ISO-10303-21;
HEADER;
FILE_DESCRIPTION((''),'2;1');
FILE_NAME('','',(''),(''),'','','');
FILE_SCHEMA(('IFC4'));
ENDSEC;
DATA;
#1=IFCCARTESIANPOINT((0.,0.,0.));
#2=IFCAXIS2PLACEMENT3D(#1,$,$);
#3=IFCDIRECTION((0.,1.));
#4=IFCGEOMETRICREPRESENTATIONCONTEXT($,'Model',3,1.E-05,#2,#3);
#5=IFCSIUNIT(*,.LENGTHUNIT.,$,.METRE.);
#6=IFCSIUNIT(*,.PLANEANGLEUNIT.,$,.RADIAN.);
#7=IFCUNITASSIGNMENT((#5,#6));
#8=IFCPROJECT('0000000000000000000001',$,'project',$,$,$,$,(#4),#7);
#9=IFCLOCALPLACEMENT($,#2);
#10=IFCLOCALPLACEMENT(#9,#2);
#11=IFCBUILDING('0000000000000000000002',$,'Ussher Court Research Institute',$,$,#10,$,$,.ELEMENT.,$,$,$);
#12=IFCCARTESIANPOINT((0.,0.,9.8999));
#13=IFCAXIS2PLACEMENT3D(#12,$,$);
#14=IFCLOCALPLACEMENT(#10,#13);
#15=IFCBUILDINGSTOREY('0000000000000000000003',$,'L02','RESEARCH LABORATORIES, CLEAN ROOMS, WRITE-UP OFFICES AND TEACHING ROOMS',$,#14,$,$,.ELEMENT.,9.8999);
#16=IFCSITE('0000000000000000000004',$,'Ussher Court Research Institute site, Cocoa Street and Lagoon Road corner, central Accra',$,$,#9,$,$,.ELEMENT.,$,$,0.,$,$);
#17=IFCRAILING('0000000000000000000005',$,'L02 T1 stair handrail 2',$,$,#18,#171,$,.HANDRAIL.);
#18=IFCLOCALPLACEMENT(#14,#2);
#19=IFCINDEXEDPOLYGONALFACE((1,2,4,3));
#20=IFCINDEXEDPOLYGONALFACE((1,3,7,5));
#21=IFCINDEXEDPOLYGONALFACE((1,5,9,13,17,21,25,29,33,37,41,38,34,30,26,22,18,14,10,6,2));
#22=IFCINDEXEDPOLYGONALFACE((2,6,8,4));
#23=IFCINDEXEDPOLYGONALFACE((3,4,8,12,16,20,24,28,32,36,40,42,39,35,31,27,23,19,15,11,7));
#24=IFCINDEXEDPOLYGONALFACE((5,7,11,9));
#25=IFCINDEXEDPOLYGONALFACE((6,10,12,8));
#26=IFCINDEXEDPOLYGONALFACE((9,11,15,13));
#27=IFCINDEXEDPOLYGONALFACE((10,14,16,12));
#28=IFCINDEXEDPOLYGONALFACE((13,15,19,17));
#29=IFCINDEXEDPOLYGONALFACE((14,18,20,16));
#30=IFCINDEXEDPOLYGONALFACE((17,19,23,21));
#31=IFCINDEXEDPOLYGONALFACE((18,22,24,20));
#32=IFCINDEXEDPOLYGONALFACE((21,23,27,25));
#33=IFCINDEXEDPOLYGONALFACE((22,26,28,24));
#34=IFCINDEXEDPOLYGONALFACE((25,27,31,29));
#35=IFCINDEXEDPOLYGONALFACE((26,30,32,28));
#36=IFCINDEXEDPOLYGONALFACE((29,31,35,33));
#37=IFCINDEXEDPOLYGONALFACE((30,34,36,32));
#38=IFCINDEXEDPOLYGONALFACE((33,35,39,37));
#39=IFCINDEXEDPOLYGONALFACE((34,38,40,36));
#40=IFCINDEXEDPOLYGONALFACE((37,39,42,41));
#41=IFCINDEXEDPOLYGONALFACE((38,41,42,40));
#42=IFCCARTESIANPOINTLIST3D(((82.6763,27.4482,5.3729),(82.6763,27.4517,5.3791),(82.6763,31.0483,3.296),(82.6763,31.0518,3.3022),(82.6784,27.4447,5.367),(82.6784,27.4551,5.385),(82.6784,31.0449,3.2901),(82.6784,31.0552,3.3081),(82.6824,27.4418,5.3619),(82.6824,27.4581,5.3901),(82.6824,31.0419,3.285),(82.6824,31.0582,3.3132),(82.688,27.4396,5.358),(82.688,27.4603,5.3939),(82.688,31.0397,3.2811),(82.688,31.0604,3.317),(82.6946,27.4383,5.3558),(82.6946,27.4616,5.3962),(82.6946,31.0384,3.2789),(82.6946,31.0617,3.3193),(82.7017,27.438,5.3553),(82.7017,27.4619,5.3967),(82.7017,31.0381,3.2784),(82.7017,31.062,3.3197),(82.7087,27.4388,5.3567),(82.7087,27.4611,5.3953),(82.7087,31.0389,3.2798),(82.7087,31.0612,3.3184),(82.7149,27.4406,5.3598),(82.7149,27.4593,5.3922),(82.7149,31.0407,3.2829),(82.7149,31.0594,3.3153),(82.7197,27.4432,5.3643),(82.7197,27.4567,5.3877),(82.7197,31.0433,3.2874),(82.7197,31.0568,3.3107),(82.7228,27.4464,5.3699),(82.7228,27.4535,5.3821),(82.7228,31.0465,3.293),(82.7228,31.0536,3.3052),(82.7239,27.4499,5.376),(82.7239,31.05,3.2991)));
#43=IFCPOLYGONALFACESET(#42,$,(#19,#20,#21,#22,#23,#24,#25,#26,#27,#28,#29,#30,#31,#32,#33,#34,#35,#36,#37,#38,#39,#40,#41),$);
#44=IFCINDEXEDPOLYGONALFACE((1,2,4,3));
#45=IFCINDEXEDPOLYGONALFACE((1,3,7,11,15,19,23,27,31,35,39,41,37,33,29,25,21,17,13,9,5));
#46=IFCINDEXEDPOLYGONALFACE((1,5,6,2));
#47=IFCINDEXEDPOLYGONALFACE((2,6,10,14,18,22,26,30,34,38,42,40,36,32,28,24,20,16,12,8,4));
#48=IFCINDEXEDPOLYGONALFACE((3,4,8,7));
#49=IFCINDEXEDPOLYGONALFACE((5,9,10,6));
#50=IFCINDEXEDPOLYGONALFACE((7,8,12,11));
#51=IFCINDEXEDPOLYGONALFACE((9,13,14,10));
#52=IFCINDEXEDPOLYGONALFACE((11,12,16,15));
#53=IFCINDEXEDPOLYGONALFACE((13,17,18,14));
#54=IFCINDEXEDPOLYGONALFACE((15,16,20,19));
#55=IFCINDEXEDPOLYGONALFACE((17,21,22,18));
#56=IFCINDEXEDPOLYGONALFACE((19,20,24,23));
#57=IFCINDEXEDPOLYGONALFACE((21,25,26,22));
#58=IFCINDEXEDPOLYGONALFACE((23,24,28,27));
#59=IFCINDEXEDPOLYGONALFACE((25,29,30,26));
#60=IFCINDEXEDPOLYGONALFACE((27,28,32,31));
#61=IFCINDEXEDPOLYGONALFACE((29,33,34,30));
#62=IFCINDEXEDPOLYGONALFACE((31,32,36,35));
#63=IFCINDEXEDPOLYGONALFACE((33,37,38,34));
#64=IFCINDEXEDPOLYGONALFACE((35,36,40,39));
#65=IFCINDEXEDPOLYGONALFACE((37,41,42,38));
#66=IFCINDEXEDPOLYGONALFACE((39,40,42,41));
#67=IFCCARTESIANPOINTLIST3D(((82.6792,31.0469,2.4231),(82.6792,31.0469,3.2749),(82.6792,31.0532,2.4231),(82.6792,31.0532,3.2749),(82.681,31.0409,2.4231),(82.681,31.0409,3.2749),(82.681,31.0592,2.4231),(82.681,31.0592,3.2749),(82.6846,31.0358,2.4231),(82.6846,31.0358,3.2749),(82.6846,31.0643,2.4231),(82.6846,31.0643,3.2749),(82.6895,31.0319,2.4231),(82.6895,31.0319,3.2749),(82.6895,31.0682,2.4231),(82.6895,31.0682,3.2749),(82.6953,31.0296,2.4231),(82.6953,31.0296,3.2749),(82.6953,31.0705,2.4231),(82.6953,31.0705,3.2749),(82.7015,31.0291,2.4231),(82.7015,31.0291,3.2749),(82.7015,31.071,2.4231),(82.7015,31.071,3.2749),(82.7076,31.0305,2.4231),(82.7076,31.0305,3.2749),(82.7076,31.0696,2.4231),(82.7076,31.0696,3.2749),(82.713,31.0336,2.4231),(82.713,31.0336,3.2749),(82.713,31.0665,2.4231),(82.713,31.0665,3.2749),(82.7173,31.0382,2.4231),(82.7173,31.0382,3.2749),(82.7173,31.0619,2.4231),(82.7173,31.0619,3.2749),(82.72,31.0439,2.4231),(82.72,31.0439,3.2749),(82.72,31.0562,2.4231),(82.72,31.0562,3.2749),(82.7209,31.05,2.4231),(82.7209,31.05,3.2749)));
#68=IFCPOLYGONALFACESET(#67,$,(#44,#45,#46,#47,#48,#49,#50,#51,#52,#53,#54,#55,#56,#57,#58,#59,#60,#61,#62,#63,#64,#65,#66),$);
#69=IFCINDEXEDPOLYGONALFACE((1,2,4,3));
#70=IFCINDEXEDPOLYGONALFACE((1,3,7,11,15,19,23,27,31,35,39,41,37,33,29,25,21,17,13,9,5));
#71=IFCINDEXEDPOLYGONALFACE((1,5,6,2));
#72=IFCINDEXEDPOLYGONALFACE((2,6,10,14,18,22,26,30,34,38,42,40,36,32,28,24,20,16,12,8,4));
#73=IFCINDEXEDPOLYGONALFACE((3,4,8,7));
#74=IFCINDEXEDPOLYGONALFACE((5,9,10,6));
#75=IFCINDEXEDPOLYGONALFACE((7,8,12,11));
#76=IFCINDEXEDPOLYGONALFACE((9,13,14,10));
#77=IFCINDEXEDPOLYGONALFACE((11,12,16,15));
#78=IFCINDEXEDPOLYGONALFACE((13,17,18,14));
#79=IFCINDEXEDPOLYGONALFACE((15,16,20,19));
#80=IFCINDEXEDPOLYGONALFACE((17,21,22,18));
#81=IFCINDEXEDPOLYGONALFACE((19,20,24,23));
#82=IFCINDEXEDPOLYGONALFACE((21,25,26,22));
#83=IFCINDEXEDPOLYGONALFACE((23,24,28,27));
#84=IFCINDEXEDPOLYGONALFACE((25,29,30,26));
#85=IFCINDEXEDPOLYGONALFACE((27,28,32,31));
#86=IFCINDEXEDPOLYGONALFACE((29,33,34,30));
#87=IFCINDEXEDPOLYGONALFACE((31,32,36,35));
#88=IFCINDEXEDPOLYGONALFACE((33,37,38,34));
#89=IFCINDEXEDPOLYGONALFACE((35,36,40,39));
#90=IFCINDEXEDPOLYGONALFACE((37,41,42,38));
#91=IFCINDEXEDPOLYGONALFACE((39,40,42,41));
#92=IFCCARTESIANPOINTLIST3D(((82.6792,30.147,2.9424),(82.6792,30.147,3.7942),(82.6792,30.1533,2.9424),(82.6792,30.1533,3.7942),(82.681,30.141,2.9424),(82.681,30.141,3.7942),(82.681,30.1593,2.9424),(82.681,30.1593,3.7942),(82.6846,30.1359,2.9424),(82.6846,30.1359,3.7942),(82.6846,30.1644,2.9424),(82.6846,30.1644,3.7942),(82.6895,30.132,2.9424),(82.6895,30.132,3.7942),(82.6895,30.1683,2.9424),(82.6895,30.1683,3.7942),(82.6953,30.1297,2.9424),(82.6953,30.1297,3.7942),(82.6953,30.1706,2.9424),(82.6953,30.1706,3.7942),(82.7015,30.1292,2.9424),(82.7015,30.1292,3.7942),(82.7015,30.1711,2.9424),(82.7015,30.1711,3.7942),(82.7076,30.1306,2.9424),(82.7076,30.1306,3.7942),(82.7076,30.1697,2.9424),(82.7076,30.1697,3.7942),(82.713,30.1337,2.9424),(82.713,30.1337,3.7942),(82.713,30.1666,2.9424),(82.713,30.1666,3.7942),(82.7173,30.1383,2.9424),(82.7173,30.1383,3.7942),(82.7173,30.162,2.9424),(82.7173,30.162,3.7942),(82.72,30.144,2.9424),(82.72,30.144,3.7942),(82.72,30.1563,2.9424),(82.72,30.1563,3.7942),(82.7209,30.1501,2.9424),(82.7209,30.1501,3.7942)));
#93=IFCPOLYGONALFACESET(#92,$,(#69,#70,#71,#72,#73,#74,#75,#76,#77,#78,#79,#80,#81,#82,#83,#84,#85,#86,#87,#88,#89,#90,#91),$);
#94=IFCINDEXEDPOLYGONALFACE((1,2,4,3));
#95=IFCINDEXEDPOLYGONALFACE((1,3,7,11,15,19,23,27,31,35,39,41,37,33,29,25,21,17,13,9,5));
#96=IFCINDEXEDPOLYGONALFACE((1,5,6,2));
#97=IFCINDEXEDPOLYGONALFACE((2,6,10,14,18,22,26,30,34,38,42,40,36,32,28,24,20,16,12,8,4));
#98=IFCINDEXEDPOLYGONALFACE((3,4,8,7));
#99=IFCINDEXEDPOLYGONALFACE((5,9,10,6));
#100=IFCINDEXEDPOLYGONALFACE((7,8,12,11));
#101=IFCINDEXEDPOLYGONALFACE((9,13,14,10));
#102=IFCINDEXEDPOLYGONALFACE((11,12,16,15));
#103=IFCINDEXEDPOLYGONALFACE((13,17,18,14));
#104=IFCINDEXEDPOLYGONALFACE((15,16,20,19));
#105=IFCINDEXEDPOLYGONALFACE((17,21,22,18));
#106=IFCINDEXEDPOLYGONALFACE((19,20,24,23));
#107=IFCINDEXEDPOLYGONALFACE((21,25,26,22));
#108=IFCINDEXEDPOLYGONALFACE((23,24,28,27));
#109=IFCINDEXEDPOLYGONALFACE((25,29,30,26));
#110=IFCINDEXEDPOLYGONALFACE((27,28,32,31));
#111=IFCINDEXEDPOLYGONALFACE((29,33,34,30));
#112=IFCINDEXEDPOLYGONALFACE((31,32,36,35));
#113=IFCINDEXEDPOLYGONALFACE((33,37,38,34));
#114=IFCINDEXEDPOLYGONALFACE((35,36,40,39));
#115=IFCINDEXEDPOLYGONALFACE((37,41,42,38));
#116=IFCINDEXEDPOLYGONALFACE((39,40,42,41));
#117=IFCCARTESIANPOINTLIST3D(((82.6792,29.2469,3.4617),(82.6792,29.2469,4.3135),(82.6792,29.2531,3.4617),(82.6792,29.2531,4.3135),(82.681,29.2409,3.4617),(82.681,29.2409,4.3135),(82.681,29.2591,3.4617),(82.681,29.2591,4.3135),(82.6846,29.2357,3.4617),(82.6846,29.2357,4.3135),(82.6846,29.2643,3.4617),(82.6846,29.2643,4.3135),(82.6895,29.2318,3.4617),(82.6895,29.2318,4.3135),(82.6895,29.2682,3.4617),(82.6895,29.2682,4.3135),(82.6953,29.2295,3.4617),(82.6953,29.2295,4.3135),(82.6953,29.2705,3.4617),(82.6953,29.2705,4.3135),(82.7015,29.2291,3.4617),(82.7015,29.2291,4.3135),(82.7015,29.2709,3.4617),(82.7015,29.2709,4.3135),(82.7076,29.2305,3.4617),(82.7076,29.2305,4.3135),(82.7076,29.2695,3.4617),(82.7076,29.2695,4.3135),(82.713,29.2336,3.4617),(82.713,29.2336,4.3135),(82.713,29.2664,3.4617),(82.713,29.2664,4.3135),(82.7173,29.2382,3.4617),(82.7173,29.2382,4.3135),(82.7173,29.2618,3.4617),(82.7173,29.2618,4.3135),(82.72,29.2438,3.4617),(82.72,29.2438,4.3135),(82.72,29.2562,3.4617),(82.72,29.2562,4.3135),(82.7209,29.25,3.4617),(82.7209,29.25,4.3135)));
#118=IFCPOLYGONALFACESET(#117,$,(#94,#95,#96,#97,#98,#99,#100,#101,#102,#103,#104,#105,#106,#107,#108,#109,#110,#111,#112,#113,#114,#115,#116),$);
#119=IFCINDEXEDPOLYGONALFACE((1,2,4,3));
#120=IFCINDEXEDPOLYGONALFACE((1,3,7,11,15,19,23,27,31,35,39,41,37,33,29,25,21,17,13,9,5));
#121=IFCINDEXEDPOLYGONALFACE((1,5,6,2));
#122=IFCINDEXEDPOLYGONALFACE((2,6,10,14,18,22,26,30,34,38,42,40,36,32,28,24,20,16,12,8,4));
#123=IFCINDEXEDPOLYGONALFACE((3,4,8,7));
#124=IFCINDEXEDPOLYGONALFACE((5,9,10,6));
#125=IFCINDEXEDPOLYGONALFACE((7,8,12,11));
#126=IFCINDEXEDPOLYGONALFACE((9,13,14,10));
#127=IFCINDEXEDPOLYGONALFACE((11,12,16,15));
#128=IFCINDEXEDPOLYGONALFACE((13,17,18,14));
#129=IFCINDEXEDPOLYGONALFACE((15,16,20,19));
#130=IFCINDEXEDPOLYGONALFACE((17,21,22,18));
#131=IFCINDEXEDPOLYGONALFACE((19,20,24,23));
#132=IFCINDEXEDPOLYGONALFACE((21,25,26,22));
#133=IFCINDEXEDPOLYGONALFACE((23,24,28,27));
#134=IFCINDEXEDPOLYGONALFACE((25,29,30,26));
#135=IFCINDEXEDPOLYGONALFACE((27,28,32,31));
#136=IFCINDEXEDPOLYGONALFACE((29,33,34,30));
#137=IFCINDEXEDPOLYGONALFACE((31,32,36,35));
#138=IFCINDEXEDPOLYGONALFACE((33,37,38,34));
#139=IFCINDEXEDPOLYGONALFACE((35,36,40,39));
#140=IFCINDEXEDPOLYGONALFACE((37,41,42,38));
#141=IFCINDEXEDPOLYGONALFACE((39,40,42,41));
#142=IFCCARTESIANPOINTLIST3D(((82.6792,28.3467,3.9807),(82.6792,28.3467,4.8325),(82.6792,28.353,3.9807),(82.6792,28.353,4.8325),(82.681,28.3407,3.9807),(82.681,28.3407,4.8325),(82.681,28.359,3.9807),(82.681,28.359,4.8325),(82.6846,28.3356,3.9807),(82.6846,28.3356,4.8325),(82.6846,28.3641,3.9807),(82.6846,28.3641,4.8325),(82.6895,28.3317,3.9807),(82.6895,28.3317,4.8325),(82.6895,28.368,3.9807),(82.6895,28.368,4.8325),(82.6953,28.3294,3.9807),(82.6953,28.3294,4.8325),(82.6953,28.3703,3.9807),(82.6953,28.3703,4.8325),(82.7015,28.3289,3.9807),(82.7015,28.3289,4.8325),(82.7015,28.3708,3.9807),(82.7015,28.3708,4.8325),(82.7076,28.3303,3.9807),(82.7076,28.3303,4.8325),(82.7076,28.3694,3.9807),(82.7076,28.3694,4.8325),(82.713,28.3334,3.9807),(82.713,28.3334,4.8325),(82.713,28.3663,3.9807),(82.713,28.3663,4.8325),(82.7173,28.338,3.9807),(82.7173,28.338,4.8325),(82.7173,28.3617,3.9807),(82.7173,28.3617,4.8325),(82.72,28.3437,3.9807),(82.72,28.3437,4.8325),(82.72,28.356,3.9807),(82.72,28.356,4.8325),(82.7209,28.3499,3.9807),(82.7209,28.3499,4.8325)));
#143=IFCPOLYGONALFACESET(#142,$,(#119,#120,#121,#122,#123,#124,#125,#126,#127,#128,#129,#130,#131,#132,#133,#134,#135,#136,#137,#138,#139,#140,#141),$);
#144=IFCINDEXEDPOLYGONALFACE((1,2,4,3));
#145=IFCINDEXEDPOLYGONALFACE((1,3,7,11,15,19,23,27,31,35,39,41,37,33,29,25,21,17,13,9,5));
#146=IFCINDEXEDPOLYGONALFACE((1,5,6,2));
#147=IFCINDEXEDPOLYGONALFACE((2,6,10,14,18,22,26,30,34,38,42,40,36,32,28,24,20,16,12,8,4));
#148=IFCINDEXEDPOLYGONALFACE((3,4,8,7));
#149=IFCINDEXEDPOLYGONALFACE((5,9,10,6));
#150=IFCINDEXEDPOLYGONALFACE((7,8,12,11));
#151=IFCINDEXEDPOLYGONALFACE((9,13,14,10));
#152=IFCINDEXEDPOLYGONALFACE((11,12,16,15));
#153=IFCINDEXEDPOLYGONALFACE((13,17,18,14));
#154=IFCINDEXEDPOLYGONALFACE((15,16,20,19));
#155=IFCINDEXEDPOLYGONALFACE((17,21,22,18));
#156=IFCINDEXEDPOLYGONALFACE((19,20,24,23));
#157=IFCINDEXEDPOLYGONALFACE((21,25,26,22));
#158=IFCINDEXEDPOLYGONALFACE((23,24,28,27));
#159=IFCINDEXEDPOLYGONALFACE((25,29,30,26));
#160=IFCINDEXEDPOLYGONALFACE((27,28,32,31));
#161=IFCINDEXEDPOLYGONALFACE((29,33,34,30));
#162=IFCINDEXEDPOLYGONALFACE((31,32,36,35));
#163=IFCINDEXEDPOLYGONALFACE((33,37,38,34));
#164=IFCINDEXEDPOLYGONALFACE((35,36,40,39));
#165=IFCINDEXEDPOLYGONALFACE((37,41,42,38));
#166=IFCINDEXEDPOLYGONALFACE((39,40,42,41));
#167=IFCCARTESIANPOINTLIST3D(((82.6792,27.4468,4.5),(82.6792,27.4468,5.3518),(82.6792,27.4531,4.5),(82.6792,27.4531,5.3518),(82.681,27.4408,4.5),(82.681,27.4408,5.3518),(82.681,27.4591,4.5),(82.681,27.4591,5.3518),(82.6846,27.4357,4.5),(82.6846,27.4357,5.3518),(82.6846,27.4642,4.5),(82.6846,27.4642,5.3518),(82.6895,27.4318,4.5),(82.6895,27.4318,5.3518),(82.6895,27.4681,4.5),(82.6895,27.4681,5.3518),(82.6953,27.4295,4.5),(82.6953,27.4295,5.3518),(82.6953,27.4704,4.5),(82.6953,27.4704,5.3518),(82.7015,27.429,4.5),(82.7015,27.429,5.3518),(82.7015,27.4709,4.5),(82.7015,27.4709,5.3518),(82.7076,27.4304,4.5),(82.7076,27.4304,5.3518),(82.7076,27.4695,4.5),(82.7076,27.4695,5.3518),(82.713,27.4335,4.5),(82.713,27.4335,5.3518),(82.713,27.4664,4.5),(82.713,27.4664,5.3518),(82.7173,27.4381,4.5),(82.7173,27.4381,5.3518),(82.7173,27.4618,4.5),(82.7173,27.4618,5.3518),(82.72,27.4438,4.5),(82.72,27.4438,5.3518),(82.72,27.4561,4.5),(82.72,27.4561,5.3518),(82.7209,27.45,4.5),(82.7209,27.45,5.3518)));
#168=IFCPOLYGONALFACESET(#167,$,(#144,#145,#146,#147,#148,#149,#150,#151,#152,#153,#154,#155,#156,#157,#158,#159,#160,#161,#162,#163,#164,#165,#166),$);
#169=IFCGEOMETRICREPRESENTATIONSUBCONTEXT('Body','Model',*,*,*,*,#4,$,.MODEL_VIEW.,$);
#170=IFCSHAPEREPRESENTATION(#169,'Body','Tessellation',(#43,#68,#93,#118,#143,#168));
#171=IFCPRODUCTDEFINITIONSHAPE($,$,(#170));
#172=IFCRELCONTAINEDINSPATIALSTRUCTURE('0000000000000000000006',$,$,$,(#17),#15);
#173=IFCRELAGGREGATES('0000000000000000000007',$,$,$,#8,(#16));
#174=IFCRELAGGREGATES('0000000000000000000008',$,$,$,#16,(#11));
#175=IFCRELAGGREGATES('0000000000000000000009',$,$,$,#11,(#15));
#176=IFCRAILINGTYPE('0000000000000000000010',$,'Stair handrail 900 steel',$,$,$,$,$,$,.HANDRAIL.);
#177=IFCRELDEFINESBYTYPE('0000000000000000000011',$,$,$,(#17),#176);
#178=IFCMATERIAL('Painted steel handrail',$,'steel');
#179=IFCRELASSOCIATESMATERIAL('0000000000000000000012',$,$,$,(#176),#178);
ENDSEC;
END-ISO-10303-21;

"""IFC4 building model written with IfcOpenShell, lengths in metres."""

from ifc_helpers import new_model, si_unit, direction, frame, origin, origin_2d, place, context, subcontext, project, spatial, circle, extrude, material, type_object, element, save


model = new_model("IFC4")

# Units and contexts
model_context = context("Model", 3, precision=1e-05, world=origin(), true_north=direction((0.0, 1.0)))
body_context = subcontext(model_context, "Body", "Model", "MODEL_VIEW")
ifc_project = project(units=[si_unit("LENGTHUNIT", "METRE"), si_unit("PLANEANGLEUNIT", "RADIAN")], contexts=[model_context])

# Site, building, storey
site_placement = place(None, origin())
site = spatial("IfcSite", under=ifc_project, at=site_placement, Name="Ussher Court Research Institute site, Cocoa Street and Lagoon Road corner, central Accra", CompositionType="ELEMENT", RefElevation=0.0)
building_placement = place(site_placement, origin())
building = spatial("IfcBuilding", under=site, at=building_placement, Name="Ussher Court Research Institute", CompositionType="ELEMENT")
storey_placement = place(building_placement, frame((0.0, 0.0, 9.8999)))
storey = spatial("IfcBuildingStorey", under=building, at=storey_placement, Name="L02", Description="RESEARCH LABORATORIES, CLEAN ROOMS, WRITE-UP OFFICES AND TEACHING ROOMS", CompositionType="ELEMENT", Elevation=9.8999)

# Railing
ifc_material_1 = material(Name="Painted steel handrail", Category="steel")
railing_type_1 = type_object("IfcRailingType", Name="Stair handrail 900 steel", PredefinedType="HANDRAIL", material=ifc_material_1)
railing_1_placement = place(storey_placement, frame((82.7, 31.05, 2.4231)))
element("IfcRailing", 1, at=railing_1_placement, inside=storey, type_object=railing_type_1, Name="L02 T1 stair handrail 2", PredefinedType="HANDRAIL", context=body_context, shape_type="SweptSolid", body=[
    extrude(circle(Radius=0.0239, at=origin_2d()), frame((0.0, 0.0, 0.876), z_axis=(0.0, -0.866193, 0.499709), x_axis=(1.0, 0.0, 0.0)), (0.0, 0.0, 1.0), 4.1562),
    extrude(circle(Radius=0.021, at=origin_2d()), origin(), (0.0, 0.0, 1.0), 0.8518),
    extrude(circle(Radius=0.021, at=origin_2d()), frame((0.0, -0.8999, 0.5193)), (0.0, 0.0, 1.0), 0.8518),
    extrude(circle(Radius=0.021, at=origin_2d()), frame((0.0, -1.8, 1.0386)), (0.0, 0.0, 1.0), 0.8518),
    extrude(circle(Radius=0.021, at=origin_2d()), frame((0.0, -2.7002, 1.5576)), (0.0, 0.0, 1.0), 0.8518),
    extrude(circle(Radius=0.021, at=origin_2d()), frame((0.0, -3.6001, 2.0769)), (0.0, 0.0, 1.0), 0.8518),
])

save(model, "model.ifc")
